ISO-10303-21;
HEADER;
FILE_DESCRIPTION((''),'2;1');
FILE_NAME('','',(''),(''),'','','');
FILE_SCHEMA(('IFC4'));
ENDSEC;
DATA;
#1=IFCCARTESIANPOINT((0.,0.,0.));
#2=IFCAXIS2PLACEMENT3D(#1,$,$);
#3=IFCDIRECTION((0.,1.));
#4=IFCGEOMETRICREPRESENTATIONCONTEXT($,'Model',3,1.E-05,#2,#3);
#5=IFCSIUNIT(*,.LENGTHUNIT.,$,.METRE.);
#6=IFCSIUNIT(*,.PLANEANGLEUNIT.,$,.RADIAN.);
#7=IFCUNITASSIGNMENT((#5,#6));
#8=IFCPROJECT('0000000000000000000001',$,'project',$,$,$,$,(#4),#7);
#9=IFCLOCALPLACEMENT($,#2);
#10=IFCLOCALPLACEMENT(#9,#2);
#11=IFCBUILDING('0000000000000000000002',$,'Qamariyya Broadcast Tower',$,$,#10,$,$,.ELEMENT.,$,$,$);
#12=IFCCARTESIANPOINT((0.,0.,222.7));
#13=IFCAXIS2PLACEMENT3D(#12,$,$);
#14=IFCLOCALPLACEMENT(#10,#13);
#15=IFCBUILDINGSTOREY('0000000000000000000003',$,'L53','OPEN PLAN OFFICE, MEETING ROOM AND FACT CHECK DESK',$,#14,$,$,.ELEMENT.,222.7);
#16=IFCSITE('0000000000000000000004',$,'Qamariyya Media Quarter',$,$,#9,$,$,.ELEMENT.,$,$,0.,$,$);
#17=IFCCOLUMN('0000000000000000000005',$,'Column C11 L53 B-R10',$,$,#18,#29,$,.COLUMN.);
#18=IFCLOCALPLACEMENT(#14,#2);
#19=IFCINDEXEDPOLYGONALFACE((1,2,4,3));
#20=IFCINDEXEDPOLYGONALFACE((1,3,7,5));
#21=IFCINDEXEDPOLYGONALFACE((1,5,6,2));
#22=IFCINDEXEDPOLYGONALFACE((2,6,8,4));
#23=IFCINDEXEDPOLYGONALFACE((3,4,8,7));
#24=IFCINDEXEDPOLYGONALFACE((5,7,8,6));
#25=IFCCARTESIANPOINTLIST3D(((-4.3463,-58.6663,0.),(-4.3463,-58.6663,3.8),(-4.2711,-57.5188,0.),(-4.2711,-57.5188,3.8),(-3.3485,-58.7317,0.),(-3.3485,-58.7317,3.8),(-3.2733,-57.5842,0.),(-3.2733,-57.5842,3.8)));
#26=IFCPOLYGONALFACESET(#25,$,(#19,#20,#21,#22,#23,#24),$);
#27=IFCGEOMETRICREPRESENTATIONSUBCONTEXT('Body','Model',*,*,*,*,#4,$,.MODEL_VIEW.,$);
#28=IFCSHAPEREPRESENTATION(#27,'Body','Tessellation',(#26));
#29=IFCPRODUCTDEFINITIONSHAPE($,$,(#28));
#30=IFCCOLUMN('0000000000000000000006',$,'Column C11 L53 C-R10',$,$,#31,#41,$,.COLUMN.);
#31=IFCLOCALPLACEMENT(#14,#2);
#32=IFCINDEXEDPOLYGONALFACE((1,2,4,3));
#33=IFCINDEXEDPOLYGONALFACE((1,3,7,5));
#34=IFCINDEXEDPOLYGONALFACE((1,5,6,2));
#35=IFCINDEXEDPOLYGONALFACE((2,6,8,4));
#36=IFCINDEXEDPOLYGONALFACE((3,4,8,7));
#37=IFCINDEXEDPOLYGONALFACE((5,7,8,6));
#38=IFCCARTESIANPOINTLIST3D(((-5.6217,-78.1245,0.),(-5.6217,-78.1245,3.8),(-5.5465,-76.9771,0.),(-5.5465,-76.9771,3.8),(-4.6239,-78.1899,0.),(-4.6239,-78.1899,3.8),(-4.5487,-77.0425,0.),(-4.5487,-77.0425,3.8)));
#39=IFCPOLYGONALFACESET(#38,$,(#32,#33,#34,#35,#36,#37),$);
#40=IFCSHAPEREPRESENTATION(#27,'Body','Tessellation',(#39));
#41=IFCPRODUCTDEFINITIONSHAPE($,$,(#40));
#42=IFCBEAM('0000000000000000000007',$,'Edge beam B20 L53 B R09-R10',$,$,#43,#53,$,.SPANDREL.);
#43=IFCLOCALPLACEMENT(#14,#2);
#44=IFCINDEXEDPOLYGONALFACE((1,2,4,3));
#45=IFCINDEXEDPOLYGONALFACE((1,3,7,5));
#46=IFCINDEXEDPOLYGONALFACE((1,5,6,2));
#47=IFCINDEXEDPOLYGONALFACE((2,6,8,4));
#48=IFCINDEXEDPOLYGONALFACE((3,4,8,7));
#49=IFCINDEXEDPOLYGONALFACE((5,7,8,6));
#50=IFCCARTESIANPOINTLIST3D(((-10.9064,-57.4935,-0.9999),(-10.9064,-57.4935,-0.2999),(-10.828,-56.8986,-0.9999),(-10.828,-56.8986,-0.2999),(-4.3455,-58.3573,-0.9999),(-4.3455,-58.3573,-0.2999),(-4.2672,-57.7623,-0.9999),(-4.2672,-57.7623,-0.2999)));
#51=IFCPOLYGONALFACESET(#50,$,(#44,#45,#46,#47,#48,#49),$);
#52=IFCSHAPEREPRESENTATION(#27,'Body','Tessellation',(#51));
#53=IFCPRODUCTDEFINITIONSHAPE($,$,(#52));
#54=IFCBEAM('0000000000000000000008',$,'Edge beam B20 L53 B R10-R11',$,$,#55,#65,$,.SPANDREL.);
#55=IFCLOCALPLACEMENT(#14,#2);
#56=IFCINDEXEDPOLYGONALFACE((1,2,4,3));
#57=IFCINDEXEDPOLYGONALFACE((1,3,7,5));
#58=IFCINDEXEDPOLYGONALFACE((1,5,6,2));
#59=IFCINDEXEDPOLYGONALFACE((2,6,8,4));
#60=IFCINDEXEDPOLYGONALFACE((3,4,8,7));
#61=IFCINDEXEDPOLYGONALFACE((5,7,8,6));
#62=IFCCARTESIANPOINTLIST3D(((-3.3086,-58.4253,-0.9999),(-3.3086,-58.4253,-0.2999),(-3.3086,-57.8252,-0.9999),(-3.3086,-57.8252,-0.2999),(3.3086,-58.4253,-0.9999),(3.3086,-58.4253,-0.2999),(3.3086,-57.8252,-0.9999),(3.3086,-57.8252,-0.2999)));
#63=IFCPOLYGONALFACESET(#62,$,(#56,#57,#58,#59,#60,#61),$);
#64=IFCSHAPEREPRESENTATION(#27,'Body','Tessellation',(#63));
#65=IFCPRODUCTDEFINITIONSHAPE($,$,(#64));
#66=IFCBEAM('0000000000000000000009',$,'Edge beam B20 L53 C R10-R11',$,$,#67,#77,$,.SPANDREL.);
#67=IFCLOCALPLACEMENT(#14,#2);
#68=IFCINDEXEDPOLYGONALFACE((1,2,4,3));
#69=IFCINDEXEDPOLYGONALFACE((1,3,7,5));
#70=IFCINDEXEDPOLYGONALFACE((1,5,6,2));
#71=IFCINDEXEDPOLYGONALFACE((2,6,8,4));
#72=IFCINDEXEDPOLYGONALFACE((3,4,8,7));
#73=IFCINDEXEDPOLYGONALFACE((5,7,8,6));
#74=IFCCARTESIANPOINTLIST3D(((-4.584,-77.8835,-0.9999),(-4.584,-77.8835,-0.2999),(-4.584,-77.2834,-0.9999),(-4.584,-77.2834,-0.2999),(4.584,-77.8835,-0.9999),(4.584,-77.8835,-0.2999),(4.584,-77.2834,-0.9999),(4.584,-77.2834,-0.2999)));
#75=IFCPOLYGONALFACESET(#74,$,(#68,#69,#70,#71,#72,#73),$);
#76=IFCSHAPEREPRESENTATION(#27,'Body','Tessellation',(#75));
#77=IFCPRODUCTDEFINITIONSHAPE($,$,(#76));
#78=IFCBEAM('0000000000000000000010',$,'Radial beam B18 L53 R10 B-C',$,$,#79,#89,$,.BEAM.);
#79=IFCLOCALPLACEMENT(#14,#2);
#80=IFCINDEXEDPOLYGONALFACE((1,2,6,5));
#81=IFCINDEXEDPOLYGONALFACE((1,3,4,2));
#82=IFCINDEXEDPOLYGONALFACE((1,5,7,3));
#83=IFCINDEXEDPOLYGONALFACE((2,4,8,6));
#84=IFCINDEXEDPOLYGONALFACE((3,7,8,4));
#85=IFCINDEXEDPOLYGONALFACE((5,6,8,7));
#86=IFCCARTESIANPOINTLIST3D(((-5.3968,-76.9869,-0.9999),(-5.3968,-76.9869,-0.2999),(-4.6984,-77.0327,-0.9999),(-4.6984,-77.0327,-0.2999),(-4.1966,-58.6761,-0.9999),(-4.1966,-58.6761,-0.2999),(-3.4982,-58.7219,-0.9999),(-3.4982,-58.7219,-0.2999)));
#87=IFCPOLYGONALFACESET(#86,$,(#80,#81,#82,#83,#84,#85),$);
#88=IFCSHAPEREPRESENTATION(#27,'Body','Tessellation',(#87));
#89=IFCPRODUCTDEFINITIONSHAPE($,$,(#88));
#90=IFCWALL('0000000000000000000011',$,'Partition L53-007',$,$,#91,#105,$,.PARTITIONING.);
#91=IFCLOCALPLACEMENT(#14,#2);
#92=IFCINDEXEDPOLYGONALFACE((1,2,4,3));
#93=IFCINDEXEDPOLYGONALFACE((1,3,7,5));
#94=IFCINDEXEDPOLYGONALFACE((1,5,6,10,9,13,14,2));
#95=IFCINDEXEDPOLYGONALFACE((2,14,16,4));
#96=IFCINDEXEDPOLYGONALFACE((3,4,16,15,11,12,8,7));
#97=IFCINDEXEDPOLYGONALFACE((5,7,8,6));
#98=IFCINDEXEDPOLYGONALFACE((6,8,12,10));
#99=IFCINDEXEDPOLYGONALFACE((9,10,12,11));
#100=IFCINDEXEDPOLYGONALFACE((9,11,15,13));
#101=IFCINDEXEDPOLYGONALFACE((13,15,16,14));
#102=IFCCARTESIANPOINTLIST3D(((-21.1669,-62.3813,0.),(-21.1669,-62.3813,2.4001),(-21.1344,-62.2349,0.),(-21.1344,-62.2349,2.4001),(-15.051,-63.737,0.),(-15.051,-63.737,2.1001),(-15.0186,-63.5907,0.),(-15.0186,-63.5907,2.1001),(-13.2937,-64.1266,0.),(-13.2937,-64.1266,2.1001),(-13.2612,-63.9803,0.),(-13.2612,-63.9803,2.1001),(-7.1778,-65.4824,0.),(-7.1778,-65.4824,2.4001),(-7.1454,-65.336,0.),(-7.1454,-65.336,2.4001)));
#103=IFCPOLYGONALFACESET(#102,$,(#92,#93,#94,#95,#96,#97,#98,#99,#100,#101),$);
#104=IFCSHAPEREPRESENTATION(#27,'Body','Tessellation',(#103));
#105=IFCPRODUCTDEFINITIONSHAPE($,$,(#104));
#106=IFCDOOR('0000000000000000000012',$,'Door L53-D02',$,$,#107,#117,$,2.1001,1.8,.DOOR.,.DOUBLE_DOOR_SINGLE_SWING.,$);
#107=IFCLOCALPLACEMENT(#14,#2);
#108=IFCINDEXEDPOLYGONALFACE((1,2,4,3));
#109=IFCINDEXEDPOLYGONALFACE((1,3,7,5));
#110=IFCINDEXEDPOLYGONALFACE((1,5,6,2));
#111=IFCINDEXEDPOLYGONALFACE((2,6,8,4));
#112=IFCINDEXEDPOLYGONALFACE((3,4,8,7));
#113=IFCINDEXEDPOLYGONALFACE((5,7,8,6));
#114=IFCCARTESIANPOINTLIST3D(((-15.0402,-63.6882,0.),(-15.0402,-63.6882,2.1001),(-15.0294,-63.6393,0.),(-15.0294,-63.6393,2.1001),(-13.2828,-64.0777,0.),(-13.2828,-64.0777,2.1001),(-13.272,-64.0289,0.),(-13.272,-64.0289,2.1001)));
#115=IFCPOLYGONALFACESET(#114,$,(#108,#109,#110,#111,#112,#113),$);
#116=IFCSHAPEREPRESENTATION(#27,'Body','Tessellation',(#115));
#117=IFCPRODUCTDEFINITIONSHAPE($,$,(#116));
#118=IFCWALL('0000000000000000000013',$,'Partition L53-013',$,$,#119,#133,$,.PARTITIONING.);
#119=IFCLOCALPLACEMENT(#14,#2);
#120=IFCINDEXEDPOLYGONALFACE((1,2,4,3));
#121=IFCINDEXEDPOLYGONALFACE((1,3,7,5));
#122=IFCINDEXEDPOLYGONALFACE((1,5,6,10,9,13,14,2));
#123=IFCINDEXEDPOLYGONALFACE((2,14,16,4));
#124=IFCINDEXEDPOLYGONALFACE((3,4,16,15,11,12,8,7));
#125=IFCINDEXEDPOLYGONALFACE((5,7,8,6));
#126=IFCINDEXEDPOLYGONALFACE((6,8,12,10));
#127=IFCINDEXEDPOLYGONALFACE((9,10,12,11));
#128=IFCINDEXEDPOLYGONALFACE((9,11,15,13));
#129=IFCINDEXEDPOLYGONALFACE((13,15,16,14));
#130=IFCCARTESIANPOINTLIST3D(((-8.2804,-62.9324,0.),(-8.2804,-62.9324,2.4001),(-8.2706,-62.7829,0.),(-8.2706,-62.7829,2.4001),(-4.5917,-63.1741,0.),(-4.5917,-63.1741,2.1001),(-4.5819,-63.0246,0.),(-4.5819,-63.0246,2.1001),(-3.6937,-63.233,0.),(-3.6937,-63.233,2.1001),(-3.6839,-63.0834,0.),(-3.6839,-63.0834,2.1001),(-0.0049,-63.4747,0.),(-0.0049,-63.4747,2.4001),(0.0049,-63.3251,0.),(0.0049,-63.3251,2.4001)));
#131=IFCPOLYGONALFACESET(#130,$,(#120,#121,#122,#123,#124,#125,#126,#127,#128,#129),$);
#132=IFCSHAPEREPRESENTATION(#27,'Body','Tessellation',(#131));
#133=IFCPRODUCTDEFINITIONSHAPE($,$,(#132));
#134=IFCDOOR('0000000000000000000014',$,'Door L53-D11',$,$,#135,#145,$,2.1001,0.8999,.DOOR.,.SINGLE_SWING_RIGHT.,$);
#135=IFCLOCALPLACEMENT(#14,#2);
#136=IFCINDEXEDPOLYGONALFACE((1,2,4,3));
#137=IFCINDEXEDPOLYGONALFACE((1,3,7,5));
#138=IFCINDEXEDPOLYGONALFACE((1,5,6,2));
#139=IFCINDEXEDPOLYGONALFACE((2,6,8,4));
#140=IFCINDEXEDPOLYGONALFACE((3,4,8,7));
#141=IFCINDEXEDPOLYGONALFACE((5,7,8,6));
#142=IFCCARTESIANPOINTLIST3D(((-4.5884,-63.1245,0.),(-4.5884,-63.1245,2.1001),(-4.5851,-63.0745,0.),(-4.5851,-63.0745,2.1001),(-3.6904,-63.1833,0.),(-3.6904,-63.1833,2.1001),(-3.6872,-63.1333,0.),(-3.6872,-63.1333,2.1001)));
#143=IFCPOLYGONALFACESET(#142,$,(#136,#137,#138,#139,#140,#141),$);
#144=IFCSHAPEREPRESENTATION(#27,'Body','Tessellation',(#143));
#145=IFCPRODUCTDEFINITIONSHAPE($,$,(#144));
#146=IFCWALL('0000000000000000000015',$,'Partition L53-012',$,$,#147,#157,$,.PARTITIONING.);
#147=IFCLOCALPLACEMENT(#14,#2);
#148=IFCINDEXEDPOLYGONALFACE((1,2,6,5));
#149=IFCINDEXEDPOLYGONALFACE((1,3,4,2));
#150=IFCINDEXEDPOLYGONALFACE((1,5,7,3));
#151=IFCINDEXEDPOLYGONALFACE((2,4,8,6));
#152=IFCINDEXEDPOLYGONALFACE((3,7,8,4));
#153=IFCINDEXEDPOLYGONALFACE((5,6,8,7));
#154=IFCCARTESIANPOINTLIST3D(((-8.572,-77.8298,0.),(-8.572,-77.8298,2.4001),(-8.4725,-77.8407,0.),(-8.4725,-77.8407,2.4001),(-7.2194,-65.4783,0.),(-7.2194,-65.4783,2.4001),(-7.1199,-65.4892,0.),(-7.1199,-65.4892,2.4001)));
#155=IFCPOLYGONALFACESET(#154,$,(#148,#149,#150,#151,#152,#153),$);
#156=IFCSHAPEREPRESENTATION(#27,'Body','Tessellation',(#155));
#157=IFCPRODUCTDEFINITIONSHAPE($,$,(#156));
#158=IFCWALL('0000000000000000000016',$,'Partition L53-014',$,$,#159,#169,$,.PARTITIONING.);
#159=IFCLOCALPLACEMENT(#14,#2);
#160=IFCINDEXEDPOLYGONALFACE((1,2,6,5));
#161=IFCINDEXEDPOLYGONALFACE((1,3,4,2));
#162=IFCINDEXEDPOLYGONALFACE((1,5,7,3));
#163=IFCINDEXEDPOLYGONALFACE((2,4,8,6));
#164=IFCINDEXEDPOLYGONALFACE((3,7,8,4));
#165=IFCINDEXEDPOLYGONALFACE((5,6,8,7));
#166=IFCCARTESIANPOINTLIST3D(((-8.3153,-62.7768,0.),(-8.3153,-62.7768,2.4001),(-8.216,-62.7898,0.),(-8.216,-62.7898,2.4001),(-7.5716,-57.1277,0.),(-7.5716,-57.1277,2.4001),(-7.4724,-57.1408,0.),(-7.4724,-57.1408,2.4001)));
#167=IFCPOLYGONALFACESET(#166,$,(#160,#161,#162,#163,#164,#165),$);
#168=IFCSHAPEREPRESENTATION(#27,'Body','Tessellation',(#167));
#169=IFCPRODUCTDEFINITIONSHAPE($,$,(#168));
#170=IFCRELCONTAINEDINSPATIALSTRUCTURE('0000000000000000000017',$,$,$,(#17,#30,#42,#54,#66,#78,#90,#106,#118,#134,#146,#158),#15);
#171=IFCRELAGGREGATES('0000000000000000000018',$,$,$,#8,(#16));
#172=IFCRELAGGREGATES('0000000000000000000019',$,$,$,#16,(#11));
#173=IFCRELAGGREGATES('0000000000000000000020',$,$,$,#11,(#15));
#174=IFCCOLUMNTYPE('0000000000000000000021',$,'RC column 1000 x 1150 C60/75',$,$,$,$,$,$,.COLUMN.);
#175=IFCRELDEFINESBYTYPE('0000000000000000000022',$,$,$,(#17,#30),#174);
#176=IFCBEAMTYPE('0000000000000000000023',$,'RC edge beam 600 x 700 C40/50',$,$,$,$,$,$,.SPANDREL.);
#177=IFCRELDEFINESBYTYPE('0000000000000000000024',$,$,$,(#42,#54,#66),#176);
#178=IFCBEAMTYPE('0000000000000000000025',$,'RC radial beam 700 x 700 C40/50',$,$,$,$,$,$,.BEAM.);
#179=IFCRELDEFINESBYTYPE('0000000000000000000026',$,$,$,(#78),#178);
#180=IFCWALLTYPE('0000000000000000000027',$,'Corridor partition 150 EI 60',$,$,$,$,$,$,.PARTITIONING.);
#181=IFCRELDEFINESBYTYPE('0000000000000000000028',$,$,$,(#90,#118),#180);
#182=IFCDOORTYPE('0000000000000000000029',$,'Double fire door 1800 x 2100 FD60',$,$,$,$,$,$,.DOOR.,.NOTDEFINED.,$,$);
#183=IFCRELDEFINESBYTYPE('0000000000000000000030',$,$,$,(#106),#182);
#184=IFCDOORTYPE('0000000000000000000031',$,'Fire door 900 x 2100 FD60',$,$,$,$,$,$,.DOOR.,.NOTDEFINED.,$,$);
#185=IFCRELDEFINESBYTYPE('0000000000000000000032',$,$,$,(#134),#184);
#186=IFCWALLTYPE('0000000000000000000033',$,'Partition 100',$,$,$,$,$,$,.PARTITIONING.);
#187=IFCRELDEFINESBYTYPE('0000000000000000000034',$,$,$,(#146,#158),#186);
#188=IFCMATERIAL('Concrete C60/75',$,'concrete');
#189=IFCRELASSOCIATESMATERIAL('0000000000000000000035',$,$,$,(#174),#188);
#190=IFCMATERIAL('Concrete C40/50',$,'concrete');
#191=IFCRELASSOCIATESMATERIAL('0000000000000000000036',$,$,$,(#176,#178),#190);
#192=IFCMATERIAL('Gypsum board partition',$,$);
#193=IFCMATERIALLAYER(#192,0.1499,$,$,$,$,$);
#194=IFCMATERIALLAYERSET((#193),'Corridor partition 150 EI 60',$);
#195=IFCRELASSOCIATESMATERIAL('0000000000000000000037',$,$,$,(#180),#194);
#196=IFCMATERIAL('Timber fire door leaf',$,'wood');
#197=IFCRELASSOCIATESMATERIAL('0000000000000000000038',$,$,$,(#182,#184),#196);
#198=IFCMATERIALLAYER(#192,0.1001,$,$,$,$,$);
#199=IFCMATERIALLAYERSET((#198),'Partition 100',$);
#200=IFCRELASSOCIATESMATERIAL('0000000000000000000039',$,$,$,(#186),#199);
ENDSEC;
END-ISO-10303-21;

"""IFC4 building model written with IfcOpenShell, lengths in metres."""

from ifc_helpers import new_model, si_unit, direction, frame, frame_2d, origin, origin_2d, place, context, subcontext, project, spatial, rectangle, extrude, material, layer, layer_set, material_profile, profile_set, type_object, element, fill, save


model = new_model("IFC4")

# Units and contexts
model_context = context("Model", 3, precision=1e-05, world=origin(), true_north=direction((0.0, 1.0)))
body_context = subcontext(model_context, "Body", "Model", "MODEL_VIEW")
ifc_project = project(units=[si_unit("LENGTHUNIT", "METRE"), si_unit("PLANEANGLEUNIT", "RADIAN")], contexts=[model_context])

# Site, building, storey
site_placement = place(None, origin())
site = spatial("IfcSite", under=ifc_project, at=site_placement, Name="Qamariyya Media Quarter", CompositionType="ELEMENT", RefElevation=0.0)
building_placement = place(site_placement, origin())
building = spatial("IfcBuilding", under=site, at=building_placement, Name="Qamariyya Broadcast Tower", CompositionType="ELEMENT")
storey_placement = place(building_placement, frame((0.0, 0.0, 222.7)))
storey = spatial("IfcBuildingStorey", under=building, at=storey_placement, Name="L53", Description="OPEN PLAN OFFICE, MEETING ROOM AND FACT CHECK DESK", CompositionType="ELEMENT", Elevation=222.7)

# Columns
ifc_material_1 = material(Name="Concrete C60/75", Category="concrete")
ifc_material_profile_1 = material_profile(ifc_material_1, rectangle(XDim=1.0, YDim=1.1499, at=origin_2d()))
ifc_profile_set_1 = profile_set([ifc_material_profile_1], Name="Concrete C60/75")
column_type = type_object("IfcColumnType", Name="RC column 1000 x 1150 C60/75", PredefinedType="COLUMN", material=ifc_profile_set_1)
for number, where, z_axis, x_axis, name in (
    (1, (-3.8098, -58.1252, 0.0), (0.0, 0.0, 1.0), (0.997859, -0.065403, 0.0), "Column C11 L53 B-R10"),
    (2, (-5.0852, -77.5835, 0.0), (0.0, 0.0, 1.0), (0.997859, -0.065403, 0.0), "Column C11 L53 C-R10"),
):
    element("IfcColumn", number, at=place(storey_placement, frame(where, z_axis=z_axis, x_axis=x_axis)), inside=storey, type_object=column_type, Name=name, PredefinedType="COLUMN", context=body_context, shape_type="SweptSolid", body=[
        extrude(rectangle(XDim=1.0, YDim=1.1499, at=origin_2d()), origin(), (0.0, 0.0, 1.0), 3.8),
    ])

# Beams
ifc_material_2 = material(Name="Concrete C40/50", Category="concrete")
ifc_material_profile_2 = material_profile(ifc_material_2, rectangle(XDim=0.6001, YDim=0.7, at=origin_2d()))
ifc_profile_set_2 = profile_set([ifc_material_profile_2], Name="Concrete C40/50")
beam_type_1 = type_object("IfcBeamType", Name="RC edge beam 600 x 700 C40/50", PredefinedType="SPANDREL", material=ifc_profile_set_2)
beam_1_placement = place(storey_placement, frame((-10.8672, -57.196, -0.6499), z_axis=(0.991444, -0.13053, 0.0), x_axis=(0.13053, 0.991444, 0.0)))
element("IfcBeam", 3, at=beam_1_placement, inside=storey, type_object=beam_type_1, Name="Edge beam B20 L53 B R09-R10", PredefinedType="SPANDREL", context=body_context, shape_type="SweptSolid", body=[
    extrude(rectangle(XDim=0.6001, YDim=0.7, at=origin_2d()), origin(), (0.0, 0.0, 1.0), 6.6174),
])
beam_2_placement = place(storey_placement, frame((-3.3086, -58.1252, -0.6499), z_axis=(1.0, 0.0, 0.0), x_axis=(0.0, 1.0, 0.0)))
element("IfcBeam", 4, at=beam_2_placement, inside=storey, type_object=beam_type_1, Name="Edge beam B20 L53 B R10-R11", PredefinedType="SPANDREL", context=body_context, shape_type="SweptSolid", body=[
    extrude(rectangle(XDim=0.6001, YDim=0.7, at=origin_2d()), origin(), (0.0, 0.0, 1.0), 6.6172),
])
beam_3_placement = place(storey_placement, frame((-4.584, -77.5835, -0.6499), z_axis=(1.0, 0.0, 0.0), x_axis=(0.0, 1.0, 0.0)))
element("IfcBeam", 5, at=beam_3_placement, inside=storey, type_object=beam_type_1, Name="Edge beam B20 L53 C R10-R11", PredefinedType="SPANDREL", context=body_context, shape_type="SweptSolid", body=[
    extrude(rectangle(XDim=0.6001, YDim=0.7, at=origin_2d()), origin(), (0.0, 0.0, 1.0), 9.168),
])
ifc_material_profile_3 = material_profile(ifc_material_2, rectangle(XDim=0.7, YDim=0.7, at=origin_2d()))
ifc_profile_set_3 = profile_set([ifc_material_profile_3], Name="Concrete C40/50")
beam_type_2 = type_object("IfcBeamType", Name="RC radial beam 700 x 700 C40/50", PredefinedType="BEAM", material=ifc_profile_set_3)
beam_4_placement = place(storey_placement, frame((-3.8474, -58.699, -0.6499), z_axis=(-0.065405, -0.997859, 0.0), x_axis=(0.997859, -0.065405, 0.0)))
element("IfcBeam", 6, at=beam_4_placement, inside=storey, type_object=beam_type_2, Name="Radial beam B18 L53 R10 B-C", PredefinedType="BEAM", context=body_context, shape_type="SweptSolid", body=[
    extrude(rectangle(XDim=0.7, YDim=0.7, at=origin_2d()), origin(), (0.0, 0.0, 1.0), 18.3501),
])

# Walls, openings, doors
ifc_material_3 = material(Name="Gypsum board partition")
ifc_layer_1 = layer(ifc_material_3, 0.1499)
ifc_layer_set_1 = layer_set([ifc_layer_1], Name="Corridor partition 150 EI 60")
wall_type_1 = type_object("IfcWallType", Name="Corridor partition 150 EI 60", PredefinedType="PARTITIONING", material=ifc_layer_set_1)
wall_1_placement = place(storey_placement, frame((-7.1616, -65.4092, 0.0), z_axis=(0.0, 0.0, 1.0), x_axis=(-0.976299, 0.216425, 0.0)))
wall_1 = element("IfcWall", 7, at=wall_1_placement, inside=storey, type_object=wall_type_1, Name="Partition L53-007", PredefinedType="PARTITIONING", context=body_context, shape_type="SweptSolid", body=[
    extrude(rectangle(XDim=14.3286, YDim=0.1499, at=frame_2d((7.1643, 0.0))), origin(), (0.0, 0.0, 1.0), 2.4001),
])
opening_1_placement = place(wall_1_placement, frame((6.2644, 0.0, 0.0)))
opening_1 = element("IfcOpeningElement", 8, at=opening_1_placement, cuts=wall_1, PredefinedType="OPENING", context=body_context, shape_type="SweptSolid", body=[
    extrude(rectangle(XDim=1.8, YDim=2.1001, at=frame_2d((0.8999, 1.05))), frame((0.0, 0.085, 0.0), z_axis=(0.0, -1.0, 0.0), x_axis=(1.0, 0.0, 0.0)), (0.0, 0.0, 1.0), 0.1699),
])
ifc_material_4 = material(Name="Timber fire door leaf", Category="wood")
door_type_1 = type_object("IfcDoorType", Name="Double fire door 1800 x 2100 FD60", OperationType="NOTDEFINED", PredefinedType="DOOR", material=ifc_material_4)
door_1_placement = place(opening_1_placement, origin())
door_1 = element("IfcDoor", 9, at=door_1_placement, inside=storey, type_object=door_type_1, Name="Door L53-D02", OperationType="DOUBLE_DOOR_SINGLE_SWING", OverallHeight=2.1001, OverallWidth=1.8, PredefinedType="DOOR", context=body_context, shape_type="SweptSolid", body=[
    extrude(rectangle(XDim=1.8, YDim=2.1001, at=frame_2d((0.8999, 1.05))), frame((0.0, 0.0249, 0.0), z_axis=(0.0, -1.0, 0.0), x_axis=(1.0, 0.0, 0.0)), (0.0, 0.0, 1.0), 0.05),
])
fill(opening_1, door_1)
wall_2_placement = place(storey_placement, frame((-8.2754, -62.8577, 0.0), z_axis=(0.0, 0.0, 1.0), x_axis=(0.99786, -0.065384, 0.0)))
wall_2 = element("IfcWall", 10, at=wall_2_placement, inside=storey, type_object=wall_type_1, Name="Partition L53-013", PredefinedType="PARTITIONING", context=body_context, shape_type="SweptSolid", body=[
    extrude(rectangle(XDim=8.2932, YDim=0.1499, at=frame_2d((4.1465, 0.0))), origin(), (0.0, 0.0, 1.0), 2.4001),
])
opening_2_placement = place(wall_2_placement, frame((3.6965, 0.0, 0.0)))
opening_2 = element("IfcOpeningElement", 11, at=opening_2_placement, cuts=wall_2, PredefinedType="OPENING", context=body_context, shape_type="SweptSolid", body=[
    extrude(rectangle(XDim=0.8999, YDim=2.1001, at=frame_2d((0.45, 1.05))), frame((0.0, 0.085, 0.0), z_axis=(0.0, -1.0, 0.0), x_axis=(1.0, 0.0, 0.0)), (0.0, 0.0, 1.0), 0.1699),
])
door_type_2 = type_object("IfcDoorType", Name="Fire door 900 x 2100 FD60", OperationType="NOTDEFINED", PredefinedType="DOOR", material=ifc_material_4)
door_2_placement = place(opening_2_placement, origin())
door_2 = element("IfcDoor", 12, at=door_2_placement, inside=storey, type_object=door_type_2, Name="Door L53-D11", OperationType="SINGLE_SWING_RIGHT", OverallHeight=2.1001, OverallWidth=0.8999, PredefinedType="DOOR", context=body_context, shape_type="SweptSolid", body=[
    extrude(rectangle(XDim=0.8999, YDim=2.1001, at=frame_2d((0.45, 1.05))), frame((0.0, 0.0249, 0.0), z_axis=(0.0, -1.0, 0.0), x_axis=(1.0, 0.0, 0.0)), (0.0, 0.0, 1.0), 0.05),
])
fill(opening_2, door_2)

# Walls
ifc_layer_2 = layer(ifc_material_3, 0.1001)
ifc_layer_set_2 = layer_set([ifc_layer_2], Name="Partition 100")
wall_type_2 = type_object("IfcWallType", Name="Partition 100", PredefinedType="PARTITIONING", material=ifc_layer_set_2)
wall_3_placement = place(storey_placement, frame((-8.5222, -77.8352, 0.0), z_axis=(0.0, 0.0, 1.0), x_axis=(0.108853, 0.994058, 0.0)))
element("IfcWall", 13, at=wall_3_placement, inside=storey, type_object=wall_type_2, Name="Partition L53-012", PredefinedType="PARTITIONING", context=body_context, shape_type="SweptSolid", body=[
    extrude(rectangle(XDim=12.4253, YDim=0.1001, at=frame_2d((6.2126, 0.0))), origin(), (0.0, 0.0, 1.0), 2.4001),
])
wall_4_placement = place(storey_placement, frame((-7.522, -57.1343, 0.0), z_axis=(0.0, 0.0, 1.0), x_axis=(-0.130519, -0.991446, 0.0)))
element("IfcWall", 14, at=wall_4_placement, inside=storey, type_object=wall_type_2, Name="Partition L53-014", PredefinedType="PARTITIONING", context=body_context, shape_type="SweptSolid", body=[
    extrude(rectangle(XDim=5.6978, YDim=0.1001, at=frame_2d((2.8489, 0.0))), origin(), (0.0, 0.0, 1.0), 2.4001),
])

save(model, "model.ifc")
